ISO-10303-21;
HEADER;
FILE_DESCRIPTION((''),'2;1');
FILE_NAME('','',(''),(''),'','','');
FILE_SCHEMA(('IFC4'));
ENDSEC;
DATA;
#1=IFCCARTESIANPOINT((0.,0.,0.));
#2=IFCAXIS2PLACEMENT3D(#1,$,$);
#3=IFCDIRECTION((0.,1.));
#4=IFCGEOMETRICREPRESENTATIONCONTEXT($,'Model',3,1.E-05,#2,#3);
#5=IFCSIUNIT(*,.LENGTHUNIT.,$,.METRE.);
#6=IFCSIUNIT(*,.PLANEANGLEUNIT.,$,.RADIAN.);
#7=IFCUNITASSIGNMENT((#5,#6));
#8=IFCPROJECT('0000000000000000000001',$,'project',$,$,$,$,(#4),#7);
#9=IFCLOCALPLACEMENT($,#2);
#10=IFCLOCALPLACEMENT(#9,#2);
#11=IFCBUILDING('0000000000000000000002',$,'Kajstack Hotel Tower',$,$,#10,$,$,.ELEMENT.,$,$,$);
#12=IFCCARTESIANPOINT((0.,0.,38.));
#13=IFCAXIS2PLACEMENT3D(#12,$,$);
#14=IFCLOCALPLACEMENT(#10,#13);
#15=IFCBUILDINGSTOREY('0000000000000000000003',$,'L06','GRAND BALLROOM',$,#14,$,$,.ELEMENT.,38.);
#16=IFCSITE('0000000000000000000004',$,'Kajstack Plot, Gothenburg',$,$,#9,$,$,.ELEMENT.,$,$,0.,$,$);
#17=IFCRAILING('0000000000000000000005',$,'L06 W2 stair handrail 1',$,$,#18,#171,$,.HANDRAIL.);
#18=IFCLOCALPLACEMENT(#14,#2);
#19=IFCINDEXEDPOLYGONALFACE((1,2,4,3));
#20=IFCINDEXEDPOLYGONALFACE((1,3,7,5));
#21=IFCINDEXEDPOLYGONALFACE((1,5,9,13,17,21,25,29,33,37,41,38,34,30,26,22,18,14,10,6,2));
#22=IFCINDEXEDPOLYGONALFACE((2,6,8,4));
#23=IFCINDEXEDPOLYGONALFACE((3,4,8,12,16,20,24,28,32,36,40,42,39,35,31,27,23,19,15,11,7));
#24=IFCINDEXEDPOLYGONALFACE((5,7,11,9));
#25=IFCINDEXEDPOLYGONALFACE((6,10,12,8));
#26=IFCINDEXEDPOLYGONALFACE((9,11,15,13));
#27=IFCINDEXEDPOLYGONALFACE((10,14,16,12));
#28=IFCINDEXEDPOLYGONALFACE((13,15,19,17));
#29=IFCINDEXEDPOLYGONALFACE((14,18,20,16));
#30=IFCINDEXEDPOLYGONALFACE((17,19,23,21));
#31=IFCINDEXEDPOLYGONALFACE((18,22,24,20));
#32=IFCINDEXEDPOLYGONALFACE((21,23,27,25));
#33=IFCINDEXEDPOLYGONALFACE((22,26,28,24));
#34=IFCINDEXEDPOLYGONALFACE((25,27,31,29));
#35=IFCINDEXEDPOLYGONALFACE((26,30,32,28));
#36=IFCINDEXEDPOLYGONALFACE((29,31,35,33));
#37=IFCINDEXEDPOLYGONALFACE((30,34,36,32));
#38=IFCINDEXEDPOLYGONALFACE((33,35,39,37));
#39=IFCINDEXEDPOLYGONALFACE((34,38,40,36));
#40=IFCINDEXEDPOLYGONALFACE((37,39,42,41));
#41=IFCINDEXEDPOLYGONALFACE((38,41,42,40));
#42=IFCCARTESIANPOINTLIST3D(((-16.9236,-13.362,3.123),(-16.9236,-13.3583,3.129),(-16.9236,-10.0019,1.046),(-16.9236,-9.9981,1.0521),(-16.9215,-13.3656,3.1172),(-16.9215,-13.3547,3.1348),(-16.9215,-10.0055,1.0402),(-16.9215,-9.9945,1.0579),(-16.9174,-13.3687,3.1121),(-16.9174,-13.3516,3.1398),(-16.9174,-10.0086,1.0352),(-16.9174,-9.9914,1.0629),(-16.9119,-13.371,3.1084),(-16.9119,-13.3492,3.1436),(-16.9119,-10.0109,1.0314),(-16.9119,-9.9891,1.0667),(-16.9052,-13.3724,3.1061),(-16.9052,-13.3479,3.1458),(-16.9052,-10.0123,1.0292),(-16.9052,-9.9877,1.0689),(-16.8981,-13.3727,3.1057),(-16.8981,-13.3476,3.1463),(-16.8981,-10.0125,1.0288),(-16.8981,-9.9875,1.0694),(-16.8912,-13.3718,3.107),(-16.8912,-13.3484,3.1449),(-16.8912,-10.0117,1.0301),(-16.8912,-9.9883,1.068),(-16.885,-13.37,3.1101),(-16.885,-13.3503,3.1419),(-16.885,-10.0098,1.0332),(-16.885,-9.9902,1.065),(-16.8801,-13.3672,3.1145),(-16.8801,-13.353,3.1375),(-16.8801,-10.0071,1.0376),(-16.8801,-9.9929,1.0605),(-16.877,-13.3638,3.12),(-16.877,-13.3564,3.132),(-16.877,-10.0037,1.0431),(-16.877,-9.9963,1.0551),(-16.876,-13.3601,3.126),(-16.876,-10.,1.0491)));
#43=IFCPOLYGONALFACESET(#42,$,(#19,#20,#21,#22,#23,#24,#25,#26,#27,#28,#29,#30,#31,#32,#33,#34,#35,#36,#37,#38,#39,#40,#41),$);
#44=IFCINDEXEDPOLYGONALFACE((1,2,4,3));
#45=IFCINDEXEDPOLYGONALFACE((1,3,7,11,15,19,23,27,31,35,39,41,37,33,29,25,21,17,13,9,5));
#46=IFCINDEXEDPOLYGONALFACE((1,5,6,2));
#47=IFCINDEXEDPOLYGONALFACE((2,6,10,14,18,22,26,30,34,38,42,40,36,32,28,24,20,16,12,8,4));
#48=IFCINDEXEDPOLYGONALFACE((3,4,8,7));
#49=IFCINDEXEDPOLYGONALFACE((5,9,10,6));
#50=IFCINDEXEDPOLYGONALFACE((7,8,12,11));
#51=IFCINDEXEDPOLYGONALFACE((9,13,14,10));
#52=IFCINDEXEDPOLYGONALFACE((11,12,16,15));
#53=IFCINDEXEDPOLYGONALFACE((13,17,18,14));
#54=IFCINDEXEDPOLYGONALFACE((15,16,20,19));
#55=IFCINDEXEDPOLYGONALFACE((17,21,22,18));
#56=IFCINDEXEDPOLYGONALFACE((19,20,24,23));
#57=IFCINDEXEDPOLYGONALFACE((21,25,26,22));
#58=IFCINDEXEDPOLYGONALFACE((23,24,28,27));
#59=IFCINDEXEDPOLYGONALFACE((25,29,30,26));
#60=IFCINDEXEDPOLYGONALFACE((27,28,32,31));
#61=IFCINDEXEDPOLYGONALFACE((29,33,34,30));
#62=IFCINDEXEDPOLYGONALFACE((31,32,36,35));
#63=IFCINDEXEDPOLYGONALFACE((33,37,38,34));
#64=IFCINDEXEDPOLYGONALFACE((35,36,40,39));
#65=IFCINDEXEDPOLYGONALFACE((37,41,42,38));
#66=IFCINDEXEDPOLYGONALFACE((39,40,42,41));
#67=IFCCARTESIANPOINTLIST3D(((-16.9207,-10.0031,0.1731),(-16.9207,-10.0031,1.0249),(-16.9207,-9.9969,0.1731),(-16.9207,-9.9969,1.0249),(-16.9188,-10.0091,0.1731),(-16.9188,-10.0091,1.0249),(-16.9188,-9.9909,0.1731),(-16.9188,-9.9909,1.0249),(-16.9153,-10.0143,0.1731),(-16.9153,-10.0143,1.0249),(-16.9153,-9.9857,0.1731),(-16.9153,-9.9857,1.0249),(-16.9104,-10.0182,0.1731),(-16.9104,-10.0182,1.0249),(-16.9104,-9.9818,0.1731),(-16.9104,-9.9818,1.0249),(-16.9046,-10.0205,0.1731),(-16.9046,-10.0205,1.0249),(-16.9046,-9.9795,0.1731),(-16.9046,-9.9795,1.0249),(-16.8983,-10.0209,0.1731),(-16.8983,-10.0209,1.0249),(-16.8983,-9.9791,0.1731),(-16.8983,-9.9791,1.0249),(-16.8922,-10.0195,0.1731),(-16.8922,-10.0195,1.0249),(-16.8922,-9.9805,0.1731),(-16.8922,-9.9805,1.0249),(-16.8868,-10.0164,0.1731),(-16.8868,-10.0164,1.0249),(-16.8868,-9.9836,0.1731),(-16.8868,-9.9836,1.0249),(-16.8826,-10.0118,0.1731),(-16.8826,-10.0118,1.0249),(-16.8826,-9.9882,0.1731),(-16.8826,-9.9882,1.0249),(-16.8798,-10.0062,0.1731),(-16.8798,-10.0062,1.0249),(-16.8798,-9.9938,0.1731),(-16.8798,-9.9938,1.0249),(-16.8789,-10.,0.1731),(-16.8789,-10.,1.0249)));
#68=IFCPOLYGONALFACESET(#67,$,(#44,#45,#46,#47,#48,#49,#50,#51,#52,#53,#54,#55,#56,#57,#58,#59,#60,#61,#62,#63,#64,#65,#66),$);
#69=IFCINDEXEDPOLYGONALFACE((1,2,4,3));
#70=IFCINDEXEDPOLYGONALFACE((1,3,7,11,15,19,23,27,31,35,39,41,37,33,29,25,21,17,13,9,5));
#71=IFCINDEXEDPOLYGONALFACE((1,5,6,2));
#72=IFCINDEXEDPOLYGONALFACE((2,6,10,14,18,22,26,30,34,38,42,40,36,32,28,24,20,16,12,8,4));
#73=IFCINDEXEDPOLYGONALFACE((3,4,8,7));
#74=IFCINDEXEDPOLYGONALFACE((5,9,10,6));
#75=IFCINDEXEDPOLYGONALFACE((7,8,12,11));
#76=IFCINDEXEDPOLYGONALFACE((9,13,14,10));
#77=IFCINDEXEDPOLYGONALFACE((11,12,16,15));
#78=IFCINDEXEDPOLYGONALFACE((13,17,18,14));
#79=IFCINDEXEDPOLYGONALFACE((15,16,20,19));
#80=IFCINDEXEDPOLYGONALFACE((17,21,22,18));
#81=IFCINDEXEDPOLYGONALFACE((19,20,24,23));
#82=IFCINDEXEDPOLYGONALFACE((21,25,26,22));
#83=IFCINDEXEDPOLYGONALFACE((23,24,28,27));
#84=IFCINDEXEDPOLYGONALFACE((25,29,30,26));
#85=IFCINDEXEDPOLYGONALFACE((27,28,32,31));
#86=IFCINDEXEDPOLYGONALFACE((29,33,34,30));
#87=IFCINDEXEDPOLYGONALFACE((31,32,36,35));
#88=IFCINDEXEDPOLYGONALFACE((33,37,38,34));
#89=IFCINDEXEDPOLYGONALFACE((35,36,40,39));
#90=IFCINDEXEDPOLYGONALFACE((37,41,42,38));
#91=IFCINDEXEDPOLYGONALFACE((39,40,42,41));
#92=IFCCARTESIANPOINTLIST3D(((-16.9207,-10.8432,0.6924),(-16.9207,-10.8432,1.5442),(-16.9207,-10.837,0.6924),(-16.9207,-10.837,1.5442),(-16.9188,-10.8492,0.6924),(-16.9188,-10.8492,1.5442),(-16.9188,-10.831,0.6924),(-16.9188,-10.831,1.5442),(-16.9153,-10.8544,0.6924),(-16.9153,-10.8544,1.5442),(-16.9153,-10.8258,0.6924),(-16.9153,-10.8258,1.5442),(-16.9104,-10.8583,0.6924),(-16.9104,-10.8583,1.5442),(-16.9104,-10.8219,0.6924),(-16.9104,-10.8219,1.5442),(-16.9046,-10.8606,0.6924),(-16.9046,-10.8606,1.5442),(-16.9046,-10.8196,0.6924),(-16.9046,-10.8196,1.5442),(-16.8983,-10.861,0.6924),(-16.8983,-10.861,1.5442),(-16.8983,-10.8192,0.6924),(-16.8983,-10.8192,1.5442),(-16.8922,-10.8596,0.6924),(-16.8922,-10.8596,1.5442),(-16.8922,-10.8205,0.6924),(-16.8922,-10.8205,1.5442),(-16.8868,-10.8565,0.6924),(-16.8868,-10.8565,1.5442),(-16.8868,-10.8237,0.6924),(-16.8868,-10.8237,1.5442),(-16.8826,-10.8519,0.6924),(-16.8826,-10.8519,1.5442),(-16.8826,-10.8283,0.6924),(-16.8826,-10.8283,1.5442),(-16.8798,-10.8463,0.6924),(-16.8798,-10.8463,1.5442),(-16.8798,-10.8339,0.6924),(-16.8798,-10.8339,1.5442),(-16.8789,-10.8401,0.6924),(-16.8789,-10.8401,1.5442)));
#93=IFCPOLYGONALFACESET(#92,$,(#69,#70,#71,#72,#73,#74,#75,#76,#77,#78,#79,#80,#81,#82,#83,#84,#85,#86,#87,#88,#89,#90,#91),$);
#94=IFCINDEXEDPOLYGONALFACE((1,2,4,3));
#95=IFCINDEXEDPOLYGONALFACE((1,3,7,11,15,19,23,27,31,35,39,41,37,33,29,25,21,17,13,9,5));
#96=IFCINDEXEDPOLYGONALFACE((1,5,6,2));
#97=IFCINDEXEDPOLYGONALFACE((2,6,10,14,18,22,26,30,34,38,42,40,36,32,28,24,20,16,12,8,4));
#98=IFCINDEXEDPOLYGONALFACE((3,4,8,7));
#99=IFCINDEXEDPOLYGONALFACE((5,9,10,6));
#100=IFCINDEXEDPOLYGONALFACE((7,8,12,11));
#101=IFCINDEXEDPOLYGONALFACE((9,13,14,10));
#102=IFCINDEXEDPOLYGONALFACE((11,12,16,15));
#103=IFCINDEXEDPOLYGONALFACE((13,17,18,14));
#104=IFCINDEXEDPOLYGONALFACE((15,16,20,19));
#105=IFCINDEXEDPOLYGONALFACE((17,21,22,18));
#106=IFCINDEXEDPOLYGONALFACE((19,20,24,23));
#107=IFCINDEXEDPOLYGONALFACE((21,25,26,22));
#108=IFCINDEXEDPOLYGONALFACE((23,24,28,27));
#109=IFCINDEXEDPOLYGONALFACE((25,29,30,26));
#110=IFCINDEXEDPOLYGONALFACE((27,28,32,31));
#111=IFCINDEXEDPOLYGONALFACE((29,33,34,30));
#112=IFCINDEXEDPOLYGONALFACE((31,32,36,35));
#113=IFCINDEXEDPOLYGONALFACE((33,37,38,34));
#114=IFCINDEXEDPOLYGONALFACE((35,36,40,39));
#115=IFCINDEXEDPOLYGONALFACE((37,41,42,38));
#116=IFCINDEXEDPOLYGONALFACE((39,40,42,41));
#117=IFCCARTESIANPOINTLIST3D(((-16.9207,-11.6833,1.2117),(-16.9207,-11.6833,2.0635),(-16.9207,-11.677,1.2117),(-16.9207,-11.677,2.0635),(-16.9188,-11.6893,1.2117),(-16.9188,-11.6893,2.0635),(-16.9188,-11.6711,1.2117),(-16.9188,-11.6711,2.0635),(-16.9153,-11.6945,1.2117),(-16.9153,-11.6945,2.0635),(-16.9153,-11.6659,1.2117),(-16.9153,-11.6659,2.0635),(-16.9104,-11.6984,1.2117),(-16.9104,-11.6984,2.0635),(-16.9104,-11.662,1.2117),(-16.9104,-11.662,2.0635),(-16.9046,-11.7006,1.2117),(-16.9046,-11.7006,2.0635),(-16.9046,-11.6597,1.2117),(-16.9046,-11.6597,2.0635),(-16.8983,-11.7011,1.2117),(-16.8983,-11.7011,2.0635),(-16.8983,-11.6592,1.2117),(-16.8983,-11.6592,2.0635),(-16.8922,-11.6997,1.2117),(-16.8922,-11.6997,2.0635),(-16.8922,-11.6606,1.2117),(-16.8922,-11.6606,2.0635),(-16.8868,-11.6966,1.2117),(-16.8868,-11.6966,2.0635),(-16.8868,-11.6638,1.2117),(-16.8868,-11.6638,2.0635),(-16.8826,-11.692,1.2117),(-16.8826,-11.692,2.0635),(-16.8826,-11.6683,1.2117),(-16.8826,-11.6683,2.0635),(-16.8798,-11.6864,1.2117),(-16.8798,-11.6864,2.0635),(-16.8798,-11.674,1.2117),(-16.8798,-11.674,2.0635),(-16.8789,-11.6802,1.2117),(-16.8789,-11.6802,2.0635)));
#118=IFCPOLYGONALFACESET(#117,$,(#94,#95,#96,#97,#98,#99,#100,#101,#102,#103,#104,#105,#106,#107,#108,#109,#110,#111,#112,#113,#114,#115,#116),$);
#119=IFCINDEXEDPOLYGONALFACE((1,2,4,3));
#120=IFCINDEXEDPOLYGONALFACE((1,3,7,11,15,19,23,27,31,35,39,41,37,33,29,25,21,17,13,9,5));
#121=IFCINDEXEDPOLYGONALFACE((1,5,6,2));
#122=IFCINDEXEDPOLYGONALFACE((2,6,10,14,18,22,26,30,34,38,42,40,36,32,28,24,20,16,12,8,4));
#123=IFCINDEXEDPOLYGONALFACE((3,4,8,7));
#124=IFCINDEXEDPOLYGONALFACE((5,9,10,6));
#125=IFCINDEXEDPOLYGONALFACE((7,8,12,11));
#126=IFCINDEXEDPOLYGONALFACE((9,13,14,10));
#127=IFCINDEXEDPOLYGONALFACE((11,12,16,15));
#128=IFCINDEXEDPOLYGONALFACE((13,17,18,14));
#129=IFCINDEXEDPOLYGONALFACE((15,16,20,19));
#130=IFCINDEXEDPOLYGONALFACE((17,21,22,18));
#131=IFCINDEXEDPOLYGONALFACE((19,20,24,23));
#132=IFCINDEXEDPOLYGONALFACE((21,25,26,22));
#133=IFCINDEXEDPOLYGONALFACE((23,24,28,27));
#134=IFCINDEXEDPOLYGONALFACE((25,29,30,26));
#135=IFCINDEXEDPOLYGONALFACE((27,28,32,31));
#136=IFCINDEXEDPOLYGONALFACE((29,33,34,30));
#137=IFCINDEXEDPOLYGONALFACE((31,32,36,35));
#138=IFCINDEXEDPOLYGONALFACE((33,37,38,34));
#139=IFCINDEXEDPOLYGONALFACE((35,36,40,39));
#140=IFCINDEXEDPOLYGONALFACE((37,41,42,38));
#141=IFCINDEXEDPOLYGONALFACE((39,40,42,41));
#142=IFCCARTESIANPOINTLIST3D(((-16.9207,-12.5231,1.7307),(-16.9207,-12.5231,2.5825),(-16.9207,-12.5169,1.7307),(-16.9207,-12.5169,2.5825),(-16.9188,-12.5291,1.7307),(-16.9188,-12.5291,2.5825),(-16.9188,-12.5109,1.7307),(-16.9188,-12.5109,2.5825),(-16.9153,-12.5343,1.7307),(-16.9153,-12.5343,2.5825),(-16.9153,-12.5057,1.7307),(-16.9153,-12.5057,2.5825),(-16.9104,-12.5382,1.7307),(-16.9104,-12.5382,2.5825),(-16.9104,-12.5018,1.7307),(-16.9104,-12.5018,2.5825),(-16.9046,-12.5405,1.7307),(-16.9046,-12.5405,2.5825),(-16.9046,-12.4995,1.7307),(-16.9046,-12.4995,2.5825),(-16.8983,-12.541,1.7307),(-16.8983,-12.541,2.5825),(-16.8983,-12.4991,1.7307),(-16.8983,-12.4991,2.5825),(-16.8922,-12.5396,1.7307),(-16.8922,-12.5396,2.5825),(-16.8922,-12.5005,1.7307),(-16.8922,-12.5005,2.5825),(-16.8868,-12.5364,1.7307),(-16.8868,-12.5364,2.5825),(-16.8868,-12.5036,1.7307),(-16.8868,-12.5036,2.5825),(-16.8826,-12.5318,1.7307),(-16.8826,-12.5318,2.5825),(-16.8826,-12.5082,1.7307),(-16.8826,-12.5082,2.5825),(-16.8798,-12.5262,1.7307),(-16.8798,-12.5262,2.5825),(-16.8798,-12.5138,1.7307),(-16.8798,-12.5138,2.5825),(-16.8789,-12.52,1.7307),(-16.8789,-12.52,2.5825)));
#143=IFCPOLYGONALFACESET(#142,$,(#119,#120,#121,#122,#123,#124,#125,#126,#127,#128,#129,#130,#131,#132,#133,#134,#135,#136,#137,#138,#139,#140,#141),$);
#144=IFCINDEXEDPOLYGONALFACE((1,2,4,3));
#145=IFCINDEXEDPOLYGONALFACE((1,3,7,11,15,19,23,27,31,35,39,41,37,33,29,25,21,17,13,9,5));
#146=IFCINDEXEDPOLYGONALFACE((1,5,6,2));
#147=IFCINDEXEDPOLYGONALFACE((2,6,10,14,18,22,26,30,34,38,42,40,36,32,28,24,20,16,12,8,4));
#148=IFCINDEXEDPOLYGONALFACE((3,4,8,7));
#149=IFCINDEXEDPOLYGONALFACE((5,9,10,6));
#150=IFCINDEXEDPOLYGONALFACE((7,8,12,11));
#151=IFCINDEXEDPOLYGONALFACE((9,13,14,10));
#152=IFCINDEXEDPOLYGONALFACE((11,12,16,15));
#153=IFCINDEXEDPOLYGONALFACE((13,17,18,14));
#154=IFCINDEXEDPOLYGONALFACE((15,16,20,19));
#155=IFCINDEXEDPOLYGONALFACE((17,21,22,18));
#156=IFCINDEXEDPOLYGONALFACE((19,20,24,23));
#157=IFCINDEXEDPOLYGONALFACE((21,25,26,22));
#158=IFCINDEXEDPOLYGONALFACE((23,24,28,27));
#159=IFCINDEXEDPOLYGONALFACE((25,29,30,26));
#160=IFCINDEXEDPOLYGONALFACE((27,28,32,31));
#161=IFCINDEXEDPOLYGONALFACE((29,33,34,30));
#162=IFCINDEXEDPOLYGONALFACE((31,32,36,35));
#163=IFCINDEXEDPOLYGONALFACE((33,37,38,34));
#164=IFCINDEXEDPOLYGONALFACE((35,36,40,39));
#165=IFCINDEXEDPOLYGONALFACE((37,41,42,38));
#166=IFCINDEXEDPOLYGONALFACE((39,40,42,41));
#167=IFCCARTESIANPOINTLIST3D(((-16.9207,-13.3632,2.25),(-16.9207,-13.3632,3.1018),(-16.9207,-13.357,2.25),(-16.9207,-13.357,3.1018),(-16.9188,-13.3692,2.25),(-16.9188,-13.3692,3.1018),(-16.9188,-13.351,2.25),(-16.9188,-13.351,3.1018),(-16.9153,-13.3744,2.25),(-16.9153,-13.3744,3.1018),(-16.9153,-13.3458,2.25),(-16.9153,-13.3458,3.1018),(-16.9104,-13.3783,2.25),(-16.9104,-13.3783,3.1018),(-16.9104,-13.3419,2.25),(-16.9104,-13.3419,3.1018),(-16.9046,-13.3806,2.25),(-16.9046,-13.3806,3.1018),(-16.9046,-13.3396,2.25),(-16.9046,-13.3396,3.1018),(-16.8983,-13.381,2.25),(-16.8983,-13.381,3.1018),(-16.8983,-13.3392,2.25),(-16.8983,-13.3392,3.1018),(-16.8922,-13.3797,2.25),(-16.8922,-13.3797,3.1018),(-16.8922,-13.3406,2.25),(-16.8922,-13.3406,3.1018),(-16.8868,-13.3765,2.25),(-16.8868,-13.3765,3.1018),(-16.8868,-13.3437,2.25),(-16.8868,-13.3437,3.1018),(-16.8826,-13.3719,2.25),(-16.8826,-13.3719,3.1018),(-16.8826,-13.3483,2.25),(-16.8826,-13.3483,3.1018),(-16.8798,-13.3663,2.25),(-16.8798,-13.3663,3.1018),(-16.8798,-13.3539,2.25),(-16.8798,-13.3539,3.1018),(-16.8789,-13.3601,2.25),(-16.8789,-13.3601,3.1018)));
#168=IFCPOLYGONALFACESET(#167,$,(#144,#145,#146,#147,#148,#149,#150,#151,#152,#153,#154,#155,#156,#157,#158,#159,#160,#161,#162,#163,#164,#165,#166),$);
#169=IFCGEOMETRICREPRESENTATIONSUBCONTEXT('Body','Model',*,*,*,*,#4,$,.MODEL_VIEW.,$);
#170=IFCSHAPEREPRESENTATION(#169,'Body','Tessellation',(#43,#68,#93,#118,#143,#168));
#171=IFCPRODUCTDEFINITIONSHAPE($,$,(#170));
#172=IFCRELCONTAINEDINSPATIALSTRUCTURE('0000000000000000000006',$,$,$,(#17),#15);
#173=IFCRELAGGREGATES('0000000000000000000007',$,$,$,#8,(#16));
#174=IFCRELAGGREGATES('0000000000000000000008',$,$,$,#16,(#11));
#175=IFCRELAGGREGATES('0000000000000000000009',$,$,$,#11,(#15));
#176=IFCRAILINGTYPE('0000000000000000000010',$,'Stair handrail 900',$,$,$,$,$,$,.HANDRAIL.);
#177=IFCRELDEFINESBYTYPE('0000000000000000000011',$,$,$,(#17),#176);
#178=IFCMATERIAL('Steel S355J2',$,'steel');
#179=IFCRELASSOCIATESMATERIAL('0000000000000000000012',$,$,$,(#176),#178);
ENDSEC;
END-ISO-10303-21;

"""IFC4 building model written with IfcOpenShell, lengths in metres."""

from ifc_helpers import new_model, si_unit, direction, frame, origin, origin_2d, place, context, subcontext, project, spatial, circle, extrude, material, type_object, element, save


model = new_model("IFC4")

# Units and contexts
model_context = context("Model", 3, precision=1e-05, world=origin(), true_north=direction((0.0, 1.0)))
body_context = subcontext(model_context, "Body", "Model", "MODEL_VIEW")
ifc_project = project(units=[si_unit("LENGTHUNIT", "METRE"), si_unit("PLANEANGLEUNIT", "RADIAN")], contexts=[model_context])

# Site, building, storey
site_placement = place(None, origin())
site = spatial("IfcSite", under=ifc_project, at=site_placement, Name="Kajstack Plot, Gothenburg", CompositionType="ELEMENT", RefElevation=0.0)
building_placement = place(site_placement, origin())
building = spatial("IfcBuilding", under=site, at=building_placement, Name="Kajstack Hotel Tower", CompositionType="ELEMENT")
storey_placement = place(building_placement, frame((0.0, 0.0, 38.0)))
storey = spatial("IfcBuildingStorey", under=building, at=storey_placement, Name="L06", Description="GRAND BALLROOM", CompositionType="ELEMENT", Elevation=38.0)

# Railing
ifc_material_1 = material(Name="Steel S355J2", Category="steel")
railing_type_1 = type_object("IfcRailingType", Name="Stair handrail 900", PredefinedType="HANDRAIL", material=ifc_material_1)
for number, where, name in (
    (1, (-16.8999, -10.0, 0.1731), "L06 W2 stair handrail 1"),
):
    element("IfcRailing", number, at=place(storey_placement, frame(where)), inside=storey, type_object=railing_type_1, Name=name, PredefinedType="HANDRAIL", context=body_context, shape_type="SweptSolid", body=[
        extrude(circle(Radius=0.0239, at=origin_2d()), frame((0.0, 0.0, 0.876), z_axis=(0.0, -0.850623, 0.525776), x_axis=(1.0, 0.0, 0.0)), (0.0, 0.0, 1.0), 3.9502),
        extrude(circle(Radius=0.021, at=origin_2d()), origin(), (0.0, 0.0, 1.0), 0.8518),
        extrude(circle(Radius=0.021, at=origin_2d()), frame((0.0, -0.8401, 0.5193)), (0.0, 0.0, 1.0), 0.8518),
        extrude(circle(Radius=0.021, at=origin_2d()), frame((0.0, -1.6802, 1.0386)), (0.0, 0.0, 1.0), 0.8518),
        extrude(circle(Radius=0.021, at=origin_2d()), frame((0.0, -2.52, 1.5576)), (0.0, 0.0, 1.0), 0.8518),
        extrude(circle(Radius=0.021, at=origin_2d()), frame((0.0, -3.3601, 2.0769)), (0.0, 0.0, 1.0), 0.8518),
    ])

save(model, "model.ifc")
